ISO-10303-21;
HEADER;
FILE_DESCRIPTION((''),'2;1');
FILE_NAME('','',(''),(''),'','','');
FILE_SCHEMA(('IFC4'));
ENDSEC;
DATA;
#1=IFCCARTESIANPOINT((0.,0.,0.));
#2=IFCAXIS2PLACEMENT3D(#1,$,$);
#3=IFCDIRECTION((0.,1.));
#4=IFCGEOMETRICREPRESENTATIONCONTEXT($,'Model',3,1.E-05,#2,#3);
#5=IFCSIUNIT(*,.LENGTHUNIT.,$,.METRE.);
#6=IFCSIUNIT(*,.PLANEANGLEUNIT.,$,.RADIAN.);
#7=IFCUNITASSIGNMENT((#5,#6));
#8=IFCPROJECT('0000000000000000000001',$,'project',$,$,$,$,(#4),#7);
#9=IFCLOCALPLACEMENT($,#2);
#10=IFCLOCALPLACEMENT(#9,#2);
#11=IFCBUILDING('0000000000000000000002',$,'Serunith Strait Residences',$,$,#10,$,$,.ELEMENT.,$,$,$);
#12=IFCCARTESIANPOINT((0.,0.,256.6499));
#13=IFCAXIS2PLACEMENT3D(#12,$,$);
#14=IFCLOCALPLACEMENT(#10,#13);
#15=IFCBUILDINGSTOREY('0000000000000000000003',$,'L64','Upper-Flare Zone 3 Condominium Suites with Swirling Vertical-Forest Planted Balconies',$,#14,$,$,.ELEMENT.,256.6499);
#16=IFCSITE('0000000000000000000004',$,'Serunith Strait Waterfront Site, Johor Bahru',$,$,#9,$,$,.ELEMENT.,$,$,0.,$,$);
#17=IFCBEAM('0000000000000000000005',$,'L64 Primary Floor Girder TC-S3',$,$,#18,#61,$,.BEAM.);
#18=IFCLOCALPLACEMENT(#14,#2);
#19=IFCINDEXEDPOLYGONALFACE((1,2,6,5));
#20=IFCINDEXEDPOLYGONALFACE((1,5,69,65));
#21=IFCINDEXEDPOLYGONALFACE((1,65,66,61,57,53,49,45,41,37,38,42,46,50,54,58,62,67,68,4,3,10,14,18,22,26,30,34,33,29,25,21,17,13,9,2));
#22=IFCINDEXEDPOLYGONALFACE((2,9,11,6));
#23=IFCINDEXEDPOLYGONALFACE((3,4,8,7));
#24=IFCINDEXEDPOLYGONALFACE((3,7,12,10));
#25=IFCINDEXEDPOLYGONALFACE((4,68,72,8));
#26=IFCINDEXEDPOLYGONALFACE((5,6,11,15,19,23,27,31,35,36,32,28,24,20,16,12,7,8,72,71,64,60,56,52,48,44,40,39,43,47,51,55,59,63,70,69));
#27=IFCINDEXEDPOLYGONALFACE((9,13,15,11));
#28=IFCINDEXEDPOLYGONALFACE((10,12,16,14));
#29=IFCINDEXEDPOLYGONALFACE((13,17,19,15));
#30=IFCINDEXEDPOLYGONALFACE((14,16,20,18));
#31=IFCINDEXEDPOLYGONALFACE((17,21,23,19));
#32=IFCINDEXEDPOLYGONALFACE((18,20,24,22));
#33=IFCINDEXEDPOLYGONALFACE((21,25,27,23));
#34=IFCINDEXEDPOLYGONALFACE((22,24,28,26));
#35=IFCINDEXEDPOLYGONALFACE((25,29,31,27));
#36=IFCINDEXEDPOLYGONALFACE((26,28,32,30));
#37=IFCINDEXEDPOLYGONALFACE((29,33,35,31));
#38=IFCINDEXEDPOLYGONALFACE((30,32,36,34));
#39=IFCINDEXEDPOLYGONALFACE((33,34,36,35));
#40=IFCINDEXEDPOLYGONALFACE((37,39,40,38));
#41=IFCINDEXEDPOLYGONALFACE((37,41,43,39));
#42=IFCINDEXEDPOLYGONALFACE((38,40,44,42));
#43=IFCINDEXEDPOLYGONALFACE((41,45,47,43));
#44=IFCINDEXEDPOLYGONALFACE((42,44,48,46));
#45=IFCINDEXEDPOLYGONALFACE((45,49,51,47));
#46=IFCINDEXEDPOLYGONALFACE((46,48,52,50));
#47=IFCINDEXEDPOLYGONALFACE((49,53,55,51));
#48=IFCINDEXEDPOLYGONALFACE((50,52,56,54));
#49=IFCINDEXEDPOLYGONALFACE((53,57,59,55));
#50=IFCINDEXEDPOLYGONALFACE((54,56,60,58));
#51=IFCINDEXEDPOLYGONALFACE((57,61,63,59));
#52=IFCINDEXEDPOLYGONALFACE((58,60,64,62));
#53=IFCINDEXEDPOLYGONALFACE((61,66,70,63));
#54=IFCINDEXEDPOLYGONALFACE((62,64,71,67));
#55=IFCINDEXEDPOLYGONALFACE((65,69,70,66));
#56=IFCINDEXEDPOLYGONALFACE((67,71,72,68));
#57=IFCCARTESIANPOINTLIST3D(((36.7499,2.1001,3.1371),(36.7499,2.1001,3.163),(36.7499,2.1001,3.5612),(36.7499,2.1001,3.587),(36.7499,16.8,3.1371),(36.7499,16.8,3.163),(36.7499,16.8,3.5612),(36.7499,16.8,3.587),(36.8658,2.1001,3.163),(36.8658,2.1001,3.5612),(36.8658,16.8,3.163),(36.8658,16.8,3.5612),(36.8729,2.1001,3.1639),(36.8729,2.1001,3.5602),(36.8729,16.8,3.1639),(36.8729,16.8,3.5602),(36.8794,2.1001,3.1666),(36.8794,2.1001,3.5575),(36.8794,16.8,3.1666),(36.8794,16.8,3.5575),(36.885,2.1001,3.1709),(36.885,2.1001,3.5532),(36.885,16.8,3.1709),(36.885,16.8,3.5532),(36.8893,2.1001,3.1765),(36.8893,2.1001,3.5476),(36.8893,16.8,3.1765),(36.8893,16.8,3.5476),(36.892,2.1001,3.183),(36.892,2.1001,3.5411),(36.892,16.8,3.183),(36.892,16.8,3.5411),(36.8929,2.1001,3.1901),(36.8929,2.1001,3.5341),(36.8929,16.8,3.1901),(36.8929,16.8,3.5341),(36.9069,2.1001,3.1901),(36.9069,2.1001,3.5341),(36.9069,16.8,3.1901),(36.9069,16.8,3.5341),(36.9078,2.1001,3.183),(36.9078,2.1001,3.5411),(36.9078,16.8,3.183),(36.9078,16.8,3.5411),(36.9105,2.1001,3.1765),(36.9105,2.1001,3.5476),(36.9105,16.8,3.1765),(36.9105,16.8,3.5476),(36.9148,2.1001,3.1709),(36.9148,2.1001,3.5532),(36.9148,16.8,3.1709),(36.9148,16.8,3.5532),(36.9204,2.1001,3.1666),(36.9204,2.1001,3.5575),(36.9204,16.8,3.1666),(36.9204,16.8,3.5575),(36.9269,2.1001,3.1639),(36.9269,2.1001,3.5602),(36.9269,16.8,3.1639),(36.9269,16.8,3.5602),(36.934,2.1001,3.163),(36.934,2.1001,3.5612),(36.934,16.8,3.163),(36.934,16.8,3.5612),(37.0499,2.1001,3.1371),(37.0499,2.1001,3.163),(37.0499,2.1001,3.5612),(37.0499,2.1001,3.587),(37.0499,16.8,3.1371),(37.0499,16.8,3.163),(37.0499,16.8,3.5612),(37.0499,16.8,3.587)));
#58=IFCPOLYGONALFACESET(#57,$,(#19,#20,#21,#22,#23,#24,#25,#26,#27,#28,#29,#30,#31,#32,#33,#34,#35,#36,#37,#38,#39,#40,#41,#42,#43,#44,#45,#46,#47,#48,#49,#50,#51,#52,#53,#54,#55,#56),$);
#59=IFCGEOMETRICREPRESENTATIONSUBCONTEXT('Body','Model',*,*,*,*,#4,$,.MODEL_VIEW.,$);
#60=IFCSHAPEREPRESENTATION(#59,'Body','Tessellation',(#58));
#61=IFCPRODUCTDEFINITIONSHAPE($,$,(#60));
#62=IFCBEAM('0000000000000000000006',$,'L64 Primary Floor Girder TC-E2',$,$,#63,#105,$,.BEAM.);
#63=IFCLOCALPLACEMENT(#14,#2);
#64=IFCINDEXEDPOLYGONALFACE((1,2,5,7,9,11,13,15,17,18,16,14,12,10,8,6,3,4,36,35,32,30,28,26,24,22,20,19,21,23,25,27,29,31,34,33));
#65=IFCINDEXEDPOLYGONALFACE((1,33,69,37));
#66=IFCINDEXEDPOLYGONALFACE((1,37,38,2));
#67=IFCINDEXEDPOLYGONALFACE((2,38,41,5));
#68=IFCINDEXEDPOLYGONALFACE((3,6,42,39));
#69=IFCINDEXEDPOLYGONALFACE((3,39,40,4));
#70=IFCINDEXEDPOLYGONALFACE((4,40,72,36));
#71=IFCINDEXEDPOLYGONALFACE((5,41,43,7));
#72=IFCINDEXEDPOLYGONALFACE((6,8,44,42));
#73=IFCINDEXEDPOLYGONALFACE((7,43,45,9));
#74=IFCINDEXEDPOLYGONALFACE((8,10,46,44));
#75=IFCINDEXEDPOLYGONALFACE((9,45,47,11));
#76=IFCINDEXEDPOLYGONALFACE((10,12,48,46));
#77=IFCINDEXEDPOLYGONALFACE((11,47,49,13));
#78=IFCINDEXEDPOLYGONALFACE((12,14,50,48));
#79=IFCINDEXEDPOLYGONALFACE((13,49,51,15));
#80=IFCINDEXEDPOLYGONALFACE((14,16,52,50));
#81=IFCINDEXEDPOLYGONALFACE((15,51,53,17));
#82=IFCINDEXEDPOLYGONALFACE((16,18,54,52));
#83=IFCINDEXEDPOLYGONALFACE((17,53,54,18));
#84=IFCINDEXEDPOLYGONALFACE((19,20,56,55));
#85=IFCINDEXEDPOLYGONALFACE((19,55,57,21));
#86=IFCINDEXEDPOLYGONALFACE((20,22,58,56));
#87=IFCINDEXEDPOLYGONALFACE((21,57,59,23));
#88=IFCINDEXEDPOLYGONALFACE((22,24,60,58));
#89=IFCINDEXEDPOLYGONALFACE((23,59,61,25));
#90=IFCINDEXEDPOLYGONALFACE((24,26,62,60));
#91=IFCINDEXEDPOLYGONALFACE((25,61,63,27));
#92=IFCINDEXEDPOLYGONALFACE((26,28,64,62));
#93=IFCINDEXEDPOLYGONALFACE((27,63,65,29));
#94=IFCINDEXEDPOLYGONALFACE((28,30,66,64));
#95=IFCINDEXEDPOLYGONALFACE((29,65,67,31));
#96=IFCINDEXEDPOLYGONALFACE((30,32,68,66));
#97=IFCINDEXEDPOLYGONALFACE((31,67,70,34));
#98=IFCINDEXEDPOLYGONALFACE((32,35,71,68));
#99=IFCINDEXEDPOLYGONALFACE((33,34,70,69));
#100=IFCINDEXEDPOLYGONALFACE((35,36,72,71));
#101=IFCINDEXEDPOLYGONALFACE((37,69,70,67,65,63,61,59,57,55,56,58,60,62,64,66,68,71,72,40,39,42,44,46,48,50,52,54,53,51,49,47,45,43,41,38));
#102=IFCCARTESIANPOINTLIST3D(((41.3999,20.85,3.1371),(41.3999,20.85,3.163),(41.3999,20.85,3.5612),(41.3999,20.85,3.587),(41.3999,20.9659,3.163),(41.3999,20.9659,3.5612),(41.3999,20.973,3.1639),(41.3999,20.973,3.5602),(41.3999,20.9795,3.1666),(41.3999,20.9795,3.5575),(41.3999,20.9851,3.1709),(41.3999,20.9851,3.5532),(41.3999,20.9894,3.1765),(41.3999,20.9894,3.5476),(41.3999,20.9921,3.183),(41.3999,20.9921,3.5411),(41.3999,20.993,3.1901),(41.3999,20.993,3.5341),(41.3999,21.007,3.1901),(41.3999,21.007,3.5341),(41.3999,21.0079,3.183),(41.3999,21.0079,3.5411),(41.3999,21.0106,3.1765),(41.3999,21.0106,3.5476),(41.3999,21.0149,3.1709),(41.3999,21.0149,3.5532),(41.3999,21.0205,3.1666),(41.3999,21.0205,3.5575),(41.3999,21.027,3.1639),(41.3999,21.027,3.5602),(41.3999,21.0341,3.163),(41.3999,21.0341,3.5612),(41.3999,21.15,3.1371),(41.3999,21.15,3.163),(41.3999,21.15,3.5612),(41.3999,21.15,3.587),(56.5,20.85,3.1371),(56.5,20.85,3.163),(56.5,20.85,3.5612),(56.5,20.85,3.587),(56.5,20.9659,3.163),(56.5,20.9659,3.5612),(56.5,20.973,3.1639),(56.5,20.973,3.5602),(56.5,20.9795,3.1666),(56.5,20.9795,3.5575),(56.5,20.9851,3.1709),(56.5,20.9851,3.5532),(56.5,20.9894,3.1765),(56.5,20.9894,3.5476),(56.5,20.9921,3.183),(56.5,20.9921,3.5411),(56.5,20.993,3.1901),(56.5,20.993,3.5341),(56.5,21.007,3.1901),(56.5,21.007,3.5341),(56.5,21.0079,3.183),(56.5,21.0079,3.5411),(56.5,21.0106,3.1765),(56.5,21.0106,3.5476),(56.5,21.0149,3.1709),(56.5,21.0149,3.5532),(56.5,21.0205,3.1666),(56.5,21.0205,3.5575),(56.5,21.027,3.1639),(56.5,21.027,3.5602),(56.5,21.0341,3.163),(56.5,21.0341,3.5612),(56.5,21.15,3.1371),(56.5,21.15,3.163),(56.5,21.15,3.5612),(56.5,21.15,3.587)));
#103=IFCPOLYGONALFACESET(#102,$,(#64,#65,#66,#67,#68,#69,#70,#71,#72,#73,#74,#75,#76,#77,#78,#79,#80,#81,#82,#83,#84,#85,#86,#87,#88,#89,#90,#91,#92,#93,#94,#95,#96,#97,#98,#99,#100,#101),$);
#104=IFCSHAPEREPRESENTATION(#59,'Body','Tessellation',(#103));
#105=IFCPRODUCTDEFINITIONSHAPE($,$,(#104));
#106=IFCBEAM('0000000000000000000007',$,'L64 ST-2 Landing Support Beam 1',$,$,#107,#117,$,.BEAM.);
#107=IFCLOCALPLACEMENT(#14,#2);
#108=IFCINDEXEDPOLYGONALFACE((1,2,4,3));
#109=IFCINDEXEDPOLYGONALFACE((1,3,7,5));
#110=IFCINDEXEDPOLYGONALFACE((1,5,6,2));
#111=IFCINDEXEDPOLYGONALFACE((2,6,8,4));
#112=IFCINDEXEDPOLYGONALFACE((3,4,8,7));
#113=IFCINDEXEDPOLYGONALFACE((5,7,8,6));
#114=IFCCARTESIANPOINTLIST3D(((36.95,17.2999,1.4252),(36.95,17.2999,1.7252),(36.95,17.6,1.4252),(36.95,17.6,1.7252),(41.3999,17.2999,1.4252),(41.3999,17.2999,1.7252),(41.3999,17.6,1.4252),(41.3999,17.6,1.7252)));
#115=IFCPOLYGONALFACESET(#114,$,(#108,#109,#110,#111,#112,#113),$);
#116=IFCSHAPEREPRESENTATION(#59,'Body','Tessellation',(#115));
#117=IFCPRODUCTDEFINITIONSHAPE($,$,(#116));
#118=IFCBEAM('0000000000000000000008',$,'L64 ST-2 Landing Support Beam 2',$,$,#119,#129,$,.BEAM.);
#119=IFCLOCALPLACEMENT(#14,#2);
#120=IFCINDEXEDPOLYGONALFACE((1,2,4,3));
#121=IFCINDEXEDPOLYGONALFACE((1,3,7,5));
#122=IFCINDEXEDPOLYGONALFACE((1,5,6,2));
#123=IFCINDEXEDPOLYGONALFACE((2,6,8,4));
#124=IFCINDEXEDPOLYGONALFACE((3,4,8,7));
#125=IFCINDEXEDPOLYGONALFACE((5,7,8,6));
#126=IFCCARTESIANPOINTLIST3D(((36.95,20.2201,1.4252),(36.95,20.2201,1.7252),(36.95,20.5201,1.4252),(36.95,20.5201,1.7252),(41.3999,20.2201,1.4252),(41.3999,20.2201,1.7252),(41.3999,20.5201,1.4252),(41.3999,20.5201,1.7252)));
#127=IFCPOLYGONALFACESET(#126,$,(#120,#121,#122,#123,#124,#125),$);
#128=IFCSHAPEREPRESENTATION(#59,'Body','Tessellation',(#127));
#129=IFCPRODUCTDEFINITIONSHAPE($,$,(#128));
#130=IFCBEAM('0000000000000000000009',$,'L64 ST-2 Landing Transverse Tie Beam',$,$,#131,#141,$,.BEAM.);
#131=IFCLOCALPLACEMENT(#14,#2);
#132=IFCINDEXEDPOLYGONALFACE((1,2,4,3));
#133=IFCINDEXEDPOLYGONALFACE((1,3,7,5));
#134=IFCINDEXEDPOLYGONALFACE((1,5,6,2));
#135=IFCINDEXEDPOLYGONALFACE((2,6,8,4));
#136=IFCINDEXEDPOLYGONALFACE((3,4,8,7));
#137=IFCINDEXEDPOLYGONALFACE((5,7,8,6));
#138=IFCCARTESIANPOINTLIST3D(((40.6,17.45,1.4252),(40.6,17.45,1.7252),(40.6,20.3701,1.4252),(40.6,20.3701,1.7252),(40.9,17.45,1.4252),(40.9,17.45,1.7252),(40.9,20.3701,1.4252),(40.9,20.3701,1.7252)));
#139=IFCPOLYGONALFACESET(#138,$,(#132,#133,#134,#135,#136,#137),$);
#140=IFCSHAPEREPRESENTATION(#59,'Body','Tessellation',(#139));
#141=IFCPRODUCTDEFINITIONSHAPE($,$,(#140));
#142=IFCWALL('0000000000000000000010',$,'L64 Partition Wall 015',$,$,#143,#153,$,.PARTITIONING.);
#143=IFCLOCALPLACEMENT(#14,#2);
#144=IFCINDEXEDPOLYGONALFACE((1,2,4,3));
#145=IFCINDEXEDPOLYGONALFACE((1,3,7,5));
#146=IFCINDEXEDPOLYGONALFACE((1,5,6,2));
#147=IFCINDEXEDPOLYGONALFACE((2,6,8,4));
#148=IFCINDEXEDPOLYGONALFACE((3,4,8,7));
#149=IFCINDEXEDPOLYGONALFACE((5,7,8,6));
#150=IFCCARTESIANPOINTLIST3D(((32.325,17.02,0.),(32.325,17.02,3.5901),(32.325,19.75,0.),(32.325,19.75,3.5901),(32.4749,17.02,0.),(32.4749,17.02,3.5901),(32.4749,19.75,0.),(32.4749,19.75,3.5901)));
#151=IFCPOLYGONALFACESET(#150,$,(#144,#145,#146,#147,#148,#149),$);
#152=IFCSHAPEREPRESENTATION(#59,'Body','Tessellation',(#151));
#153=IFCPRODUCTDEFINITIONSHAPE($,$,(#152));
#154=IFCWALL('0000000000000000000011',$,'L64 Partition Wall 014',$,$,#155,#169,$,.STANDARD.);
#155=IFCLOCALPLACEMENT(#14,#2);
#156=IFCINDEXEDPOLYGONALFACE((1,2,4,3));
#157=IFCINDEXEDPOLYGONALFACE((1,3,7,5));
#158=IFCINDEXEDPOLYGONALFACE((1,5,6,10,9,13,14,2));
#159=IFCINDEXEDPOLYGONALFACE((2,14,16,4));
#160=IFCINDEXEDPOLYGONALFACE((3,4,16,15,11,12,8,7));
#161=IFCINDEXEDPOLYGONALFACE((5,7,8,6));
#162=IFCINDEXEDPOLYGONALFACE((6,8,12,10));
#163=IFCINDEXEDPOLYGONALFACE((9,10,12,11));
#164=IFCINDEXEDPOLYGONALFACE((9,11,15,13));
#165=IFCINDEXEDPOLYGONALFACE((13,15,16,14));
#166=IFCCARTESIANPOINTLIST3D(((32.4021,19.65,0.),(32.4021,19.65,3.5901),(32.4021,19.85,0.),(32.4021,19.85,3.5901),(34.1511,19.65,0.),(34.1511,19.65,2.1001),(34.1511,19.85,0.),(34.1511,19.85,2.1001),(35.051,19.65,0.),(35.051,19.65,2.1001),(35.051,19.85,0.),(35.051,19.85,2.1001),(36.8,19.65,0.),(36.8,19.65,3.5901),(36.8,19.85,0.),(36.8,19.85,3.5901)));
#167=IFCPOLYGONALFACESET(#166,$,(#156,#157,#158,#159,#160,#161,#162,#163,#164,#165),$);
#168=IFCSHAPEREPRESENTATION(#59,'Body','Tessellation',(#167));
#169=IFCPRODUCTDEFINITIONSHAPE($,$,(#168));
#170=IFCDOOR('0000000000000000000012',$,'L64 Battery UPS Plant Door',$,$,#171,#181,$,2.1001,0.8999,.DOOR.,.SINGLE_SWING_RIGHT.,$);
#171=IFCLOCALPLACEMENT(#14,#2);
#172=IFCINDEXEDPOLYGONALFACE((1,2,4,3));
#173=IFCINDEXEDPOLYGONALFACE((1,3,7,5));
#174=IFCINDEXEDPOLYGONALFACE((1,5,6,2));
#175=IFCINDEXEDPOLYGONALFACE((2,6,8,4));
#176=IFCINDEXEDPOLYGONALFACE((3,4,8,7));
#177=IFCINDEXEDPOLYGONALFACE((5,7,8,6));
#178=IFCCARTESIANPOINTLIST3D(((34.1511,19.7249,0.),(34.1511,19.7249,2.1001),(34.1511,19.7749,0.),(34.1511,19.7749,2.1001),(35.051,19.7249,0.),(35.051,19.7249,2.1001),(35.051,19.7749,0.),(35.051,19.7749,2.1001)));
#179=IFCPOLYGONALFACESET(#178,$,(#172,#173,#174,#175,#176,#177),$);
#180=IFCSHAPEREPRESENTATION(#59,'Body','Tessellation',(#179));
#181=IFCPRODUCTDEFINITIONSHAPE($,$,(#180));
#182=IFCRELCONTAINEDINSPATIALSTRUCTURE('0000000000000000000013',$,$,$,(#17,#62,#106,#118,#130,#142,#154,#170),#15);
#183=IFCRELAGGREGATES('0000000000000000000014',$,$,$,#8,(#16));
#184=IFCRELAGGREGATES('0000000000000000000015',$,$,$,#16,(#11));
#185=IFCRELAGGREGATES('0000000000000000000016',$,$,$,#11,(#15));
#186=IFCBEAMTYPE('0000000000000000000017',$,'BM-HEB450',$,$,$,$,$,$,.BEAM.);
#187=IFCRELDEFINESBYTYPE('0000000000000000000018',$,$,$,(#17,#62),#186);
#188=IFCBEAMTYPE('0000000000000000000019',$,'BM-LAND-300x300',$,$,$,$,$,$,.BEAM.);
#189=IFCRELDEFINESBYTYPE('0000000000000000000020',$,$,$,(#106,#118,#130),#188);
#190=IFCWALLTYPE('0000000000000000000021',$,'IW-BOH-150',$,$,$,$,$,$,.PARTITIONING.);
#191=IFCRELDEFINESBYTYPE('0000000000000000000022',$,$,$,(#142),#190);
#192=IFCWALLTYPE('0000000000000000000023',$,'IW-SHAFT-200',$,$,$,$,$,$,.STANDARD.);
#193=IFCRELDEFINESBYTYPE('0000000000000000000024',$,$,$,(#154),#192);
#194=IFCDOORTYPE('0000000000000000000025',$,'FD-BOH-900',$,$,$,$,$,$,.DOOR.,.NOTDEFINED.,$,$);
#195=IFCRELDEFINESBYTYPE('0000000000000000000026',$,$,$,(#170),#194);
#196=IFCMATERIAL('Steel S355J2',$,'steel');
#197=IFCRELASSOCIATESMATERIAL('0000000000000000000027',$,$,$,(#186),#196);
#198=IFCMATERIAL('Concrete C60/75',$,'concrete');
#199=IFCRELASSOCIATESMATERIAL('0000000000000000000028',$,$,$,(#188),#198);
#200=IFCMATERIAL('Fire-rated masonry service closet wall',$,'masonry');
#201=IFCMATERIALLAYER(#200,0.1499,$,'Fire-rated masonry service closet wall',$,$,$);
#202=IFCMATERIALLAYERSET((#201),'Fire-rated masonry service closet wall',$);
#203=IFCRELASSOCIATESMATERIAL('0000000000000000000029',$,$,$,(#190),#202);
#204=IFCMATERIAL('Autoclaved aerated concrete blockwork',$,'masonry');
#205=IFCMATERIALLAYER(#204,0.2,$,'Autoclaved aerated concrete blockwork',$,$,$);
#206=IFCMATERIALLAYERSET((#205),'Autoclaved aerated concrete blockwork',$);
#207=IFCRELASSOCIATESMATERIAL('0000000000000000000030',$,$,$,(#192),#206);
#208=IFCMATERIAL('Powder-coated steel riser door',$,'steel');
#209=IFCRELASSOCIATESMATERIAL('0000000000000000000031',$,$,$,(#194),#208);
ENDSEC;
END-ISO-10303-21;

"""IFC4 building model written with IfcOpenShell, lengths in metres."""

from ifc_helpers import new_model, si_unit, direction, frame, frame_2d, origin, origin_2d, place, context, subcontext, project, spatial, rectangle, i_section, extrude, source, transform, mapped, material, layer, layer_set, material_profile, profile_set, type_object, element, fill, save


model = new_model("IFC4")

# Units and contexts
model_context = context("Model", 3, precision=1e-05, world=origin(), true_north=direction((0.0, 1.0)))
body_context = subcontext(model_context, "Body", "Model", "MODEL_VIEW")
ifc_project = project(units=[si_unit("LENGTHUNIT", "METRE"), si_unit("PLANEANGLEUNIT", "RADIAN")], contexts=[model_context])

# Site, building, storey
site_placement = place(None, origin())
site = spatial("IfcSite", under=ifc_project, at=site_placement, Name="Serunith Strait Waterfront Site, Johor Bahru", CompositionType="ELEMENT", RefElevation=0.0)
building_placement = place(site_placement, origin())
building = spatial("IfcBuilding", under=site, at=building_placement, Name="Serunith Strait Residences", CompositionType="ELEMENT")
storey_placement = place(building_placement, frame((0.0, 0.0, 256.6499)))
storey = spatial("IfcBuildingStorey", under=building, at=storey_placement, Name="L64", Description="Upper-Flare Zone 3 Condominium Suites with Swirling Vertical-Forest Planted Balconies", CompositionType="ELEMENT", Elevation=256.6499)

# Beams
ifc_material_1 = material(Name="Steel S355J2", Category="steel")
ifc_material_profile_1 = material_profile(ifc_material_1, i_section(OverallWidth=0.3, OverallDepth=0.45, WebThickness=0.0139, FlangeThickness=0.0259, FilletRadius=0.0271, at=origin_2d()), Name="HEB 450")
ifc_profile_set_1 = profile_set([ifc_material_profile_1], Name="Steel S355J2")
beam_type_1 = type_object("IfcBeamType", Name="BM-HEB450", PredefinedType="BEAM", material=ifc_profile_set_1)
shared_shape_1 = source(origin(), body_context, "Body", "SweptSolid", [
    extrude(i_section(OverallWidth=0.3, OverallDepth=0.45, WebThickness=0.0139, FlangeThickness=0.0259, FilletRadius=0.0271, at=origin_2d()), origin(), (0.0, 0.0, 1.0), 14.7),
])
beam_1_placement = place(storey_placement, frame((36.8999, 16.8, 3.3621), z_axis=(0.0, -1.0, 0.0), x_axis=(1.0, 0.0, 0.0)))
element("IfcBeam", 1, at=beam_1_placement, inside=storey, type_object=beam_type_1, Name="L64 Primary Floor Girder TC-S3", PredefinedType="BEAM", context=body_context, shape_type="MappedRepresentation", body=[
    mapped(shared_shape_1, transform((0.0, 0.0, 0.0), scale=1.0)),
])
shared_shape_2 = source(origin(), body_context, "Body", "SweptSolid", [
    extrude(i_section(OverallWidth=0.3, OverallDepth=0.45, WebThickness=0.0139, FlangeThickness=0.0259, FilletRadius=0.0271, at=origin_2d()), origin(), (0.0, 0.0, 1.0), 15.1001),
])
beam_2_placement = place(storey_placement, frame((41.3999, 21.0, 3.3621), z_axis=(1.0, 0.0, 0.0), x_axis=(0.0, 1.0, 0.0)))
element("IfcBeam", 2, at=beam_2_placement, inside=storey, type_object=beam_type_1, Name="L64 Primary Floor Girder TC-E2", PredefinedType="BEAM", context=body_context, shape_type="MappedRepresentation", body=[
    mapped(shared_shape_2, transform((0.0, 0.0, 0.0), scale=1.0)),
])
ifc_material_2 = material(Name="Concrete C60/75", Category="concrete")
ifc_material_profile_2 = material_profile(ifc_material_2, rectangle(XDim=0.3, YDim=0.3, at=origin_2d()), Name="RC 300x300")
ifc_profile_set_2 = profile_set([ifc_material_profile_2], Name="Concrete C60/75")
beam_type_2 = type_object("IfcBeamType", Name="BM-LAND-300x300", PredefinedType="BEAM", material=ifc_profile_set_2)
shared_shape_3 = source(origin(), body_context, "Body", "SweptSolid", [
    extrude(rectangle(XDim=0.3, YDim=0.3, at=origin_2d()), origin(), (0.0, 0.0, 1.0), 4.45),
])
for number, where, z_axis, x_axis, name in (
    (3, (36.95, 17.45, 1.5752), (1.0, 0.0, 0.0), (0.0, 1.0, 0.0), "L64 ST-2 Landing Support Beam 1"),
    (4, (36.95, 20.3701, 1.5752), (1.0, 0.0, 0.0), (0.0, 1.0, 0.0), "L64 ST-2 Landing Support Beam 2"),
):
    element("IfcBeam", number, at=place(storey_placement, frame(where, z_axis=z_axis, x_axis=x_axis)), inside=storey, type_object=beam_type_2, Name=name, PredefinedType="BEAM", context=body_context, shape_type="MappedRepresentation", body=[
        mapped(shared_shape_3, transform((0.0, 0.0, 0.0), scale=1.0)),
    ])
shared_shape_4 = source(origin(), body_context, "Body", "SweptSolid", [
    extrude(rectangle(XDim=0.3, YDim=0.3, at=origin_2d()), origin(), (0.0, 0.0, 1.0), 2.9202),
])
beam_3_placement = place(storey_placement, frame((40.75, 17.45, 1.5752), z_axis=(0.0, 1.0, 0.0), x_axis=(-1.0, 0.0, 0.0)))
element("IfcBeam", 5, at=beam_3_placement, inside=storey, type_object=beam_type_2, Name="L64 ST-2 Landing Transverse Tie Beam", PredefinedType="BEAM", context=body_context, shape_type="MappedRepresentation", body=[
    mapped(shared_shape_4, transform((0.0, 0.0, 0.0), scale=1.0)),
])

# Wall
ifc_material_3 = material(Name="Fire-rated masonry service closet wall", Category="masonry")
ifc_layer_1 = layer(ifc_material_3, 0.1499, Name="Fire-rated masonry service closet wall")
ifc_layer_set_1 = layer_set([ifc_layer_1], Name="Fire-rated masonry service closet wall")
wall_type_1 = type_object("IfcWallType", Name="IW-BOH-150", PredefinedType="PARTITIONING", material=ifc_layer_set_1)
wall_1_placement = place(storey_placement, frame((32.3999, 17.02, 0.0), z_axis=(0.0, 0.0, 1.0), x_axis=(0.0, 1.0, 0.0)))
element("IfcWall", 6, at=wall_1_placement, inside=storey, type_object=wall_type_1, Name="L64 Partition Wall 015", PredefinedType="PARTITIONING", context=body_context, shape_type="SweptSolid", body=[
    extrude(rectangle(XDim=2.73, YDim=0.1499, at=frame_2d((1.365, 0.0))), origin(), (0.0, 0.0, 1.0), 3.5901),
])

# Wall, opening, door
ifc_material_4 = material(Name="Autoclaved aerated concrete blockwork", Category="masonry")
ifc_layer_2 = layer(ifc_material_4, 0.2, Name="Autoclaved aerated concrete blockwork")
ifc_layer_set_2 = layer_set([ifc_layer_2], Name="Autoclaved aerated concrete blockwork")
wall_type_2 = type_object("IfcWallType", Name="IW-SHAFT-200", PredefinedType="STANDARD", material=ifc_layer_set_2)
wall_2_placement = place(storey_placement, frame((32.4021, 19.75, 0.0), z_axis=(0.0, 0.0, 1.0), x_axis=(1.0, 0.0, 0.0)))
wall_2 = element("IfcWall", 7, at=wall_2_placement, inside=storey, type_object=wall_type_2, Name="L64 Partition Wall 014", PredefinedType="STANDARD", context=body_context, shape_type="SweptSolid", body=[
    extrude(rectangle(XDim=4.3979, YDim=0.2, at=frame_2d((2.199, 0.0))), origin(), (0.0, 0.0, 1.0), 3.5901),
])
opening_1_placement = place(wall_2_placement, frame((1.749, 0.0, 0.0)))
opening_1 = element("IfcOpeningElement", 8, at=opening_1_placement, cuts=wall_2, PredefinedType="OPENING", context=body_context, shape_type="SweptSolid", body=[
    extrude(rectangle(XDim=0.8999, YDim=2.1001, at=frame_2d((0.45, 1.05))), frame((0.0, 0.1099, 0.0), z_axis=(0.0, -1.0, 0.0), x_axis=(1.0, 0.0, 0.0)), (0.0, 0.0, 1.0), 0.22),
])
ifc_material_5 = material(Name="Powder-coated steel riser door", Category="steel")
door_type = type_object("IfcDoorType", Name="FD-BOH-900", OperationType="NOTDEFINED", PredefinedType="DOOR", material=ifc_material_5)
shared_shape_5 = source(origin(), body_context, "Body", "SweptSolid", [
    extrude(rectangle(XDim=0.8999, YDim=2.1001, at=frame_2d((0.45, 1.05))), frame((0.0, 0.0249, 0.0), z_axis=(0.0, -1.0, 0.0), x_axis=(1.0, 0.0, 0.0)), (0.0, 0.0, 1.0), 0.05),
])
door_1_placement = place(opening_1_placement, origin())
door_1 = element("IfcDoor", 9, at=door_1_placement, inside=storey, type_object=door_type, Name="L64 Battery UPS Plant Door", OperationType="SINGLE_SWING_RIGHT", OverallHeight=2.1001, OverallWidth=0.8999, PredefinedType="DOOR", context=body_context, shape_type="MappedRepresentation", body=[
    mapped(shared_shape_5, transform((0.0, 0.0, 0.0), scale=1.0)),
])
fill(opening_1, door_1)

save(model, "model.ifc")
